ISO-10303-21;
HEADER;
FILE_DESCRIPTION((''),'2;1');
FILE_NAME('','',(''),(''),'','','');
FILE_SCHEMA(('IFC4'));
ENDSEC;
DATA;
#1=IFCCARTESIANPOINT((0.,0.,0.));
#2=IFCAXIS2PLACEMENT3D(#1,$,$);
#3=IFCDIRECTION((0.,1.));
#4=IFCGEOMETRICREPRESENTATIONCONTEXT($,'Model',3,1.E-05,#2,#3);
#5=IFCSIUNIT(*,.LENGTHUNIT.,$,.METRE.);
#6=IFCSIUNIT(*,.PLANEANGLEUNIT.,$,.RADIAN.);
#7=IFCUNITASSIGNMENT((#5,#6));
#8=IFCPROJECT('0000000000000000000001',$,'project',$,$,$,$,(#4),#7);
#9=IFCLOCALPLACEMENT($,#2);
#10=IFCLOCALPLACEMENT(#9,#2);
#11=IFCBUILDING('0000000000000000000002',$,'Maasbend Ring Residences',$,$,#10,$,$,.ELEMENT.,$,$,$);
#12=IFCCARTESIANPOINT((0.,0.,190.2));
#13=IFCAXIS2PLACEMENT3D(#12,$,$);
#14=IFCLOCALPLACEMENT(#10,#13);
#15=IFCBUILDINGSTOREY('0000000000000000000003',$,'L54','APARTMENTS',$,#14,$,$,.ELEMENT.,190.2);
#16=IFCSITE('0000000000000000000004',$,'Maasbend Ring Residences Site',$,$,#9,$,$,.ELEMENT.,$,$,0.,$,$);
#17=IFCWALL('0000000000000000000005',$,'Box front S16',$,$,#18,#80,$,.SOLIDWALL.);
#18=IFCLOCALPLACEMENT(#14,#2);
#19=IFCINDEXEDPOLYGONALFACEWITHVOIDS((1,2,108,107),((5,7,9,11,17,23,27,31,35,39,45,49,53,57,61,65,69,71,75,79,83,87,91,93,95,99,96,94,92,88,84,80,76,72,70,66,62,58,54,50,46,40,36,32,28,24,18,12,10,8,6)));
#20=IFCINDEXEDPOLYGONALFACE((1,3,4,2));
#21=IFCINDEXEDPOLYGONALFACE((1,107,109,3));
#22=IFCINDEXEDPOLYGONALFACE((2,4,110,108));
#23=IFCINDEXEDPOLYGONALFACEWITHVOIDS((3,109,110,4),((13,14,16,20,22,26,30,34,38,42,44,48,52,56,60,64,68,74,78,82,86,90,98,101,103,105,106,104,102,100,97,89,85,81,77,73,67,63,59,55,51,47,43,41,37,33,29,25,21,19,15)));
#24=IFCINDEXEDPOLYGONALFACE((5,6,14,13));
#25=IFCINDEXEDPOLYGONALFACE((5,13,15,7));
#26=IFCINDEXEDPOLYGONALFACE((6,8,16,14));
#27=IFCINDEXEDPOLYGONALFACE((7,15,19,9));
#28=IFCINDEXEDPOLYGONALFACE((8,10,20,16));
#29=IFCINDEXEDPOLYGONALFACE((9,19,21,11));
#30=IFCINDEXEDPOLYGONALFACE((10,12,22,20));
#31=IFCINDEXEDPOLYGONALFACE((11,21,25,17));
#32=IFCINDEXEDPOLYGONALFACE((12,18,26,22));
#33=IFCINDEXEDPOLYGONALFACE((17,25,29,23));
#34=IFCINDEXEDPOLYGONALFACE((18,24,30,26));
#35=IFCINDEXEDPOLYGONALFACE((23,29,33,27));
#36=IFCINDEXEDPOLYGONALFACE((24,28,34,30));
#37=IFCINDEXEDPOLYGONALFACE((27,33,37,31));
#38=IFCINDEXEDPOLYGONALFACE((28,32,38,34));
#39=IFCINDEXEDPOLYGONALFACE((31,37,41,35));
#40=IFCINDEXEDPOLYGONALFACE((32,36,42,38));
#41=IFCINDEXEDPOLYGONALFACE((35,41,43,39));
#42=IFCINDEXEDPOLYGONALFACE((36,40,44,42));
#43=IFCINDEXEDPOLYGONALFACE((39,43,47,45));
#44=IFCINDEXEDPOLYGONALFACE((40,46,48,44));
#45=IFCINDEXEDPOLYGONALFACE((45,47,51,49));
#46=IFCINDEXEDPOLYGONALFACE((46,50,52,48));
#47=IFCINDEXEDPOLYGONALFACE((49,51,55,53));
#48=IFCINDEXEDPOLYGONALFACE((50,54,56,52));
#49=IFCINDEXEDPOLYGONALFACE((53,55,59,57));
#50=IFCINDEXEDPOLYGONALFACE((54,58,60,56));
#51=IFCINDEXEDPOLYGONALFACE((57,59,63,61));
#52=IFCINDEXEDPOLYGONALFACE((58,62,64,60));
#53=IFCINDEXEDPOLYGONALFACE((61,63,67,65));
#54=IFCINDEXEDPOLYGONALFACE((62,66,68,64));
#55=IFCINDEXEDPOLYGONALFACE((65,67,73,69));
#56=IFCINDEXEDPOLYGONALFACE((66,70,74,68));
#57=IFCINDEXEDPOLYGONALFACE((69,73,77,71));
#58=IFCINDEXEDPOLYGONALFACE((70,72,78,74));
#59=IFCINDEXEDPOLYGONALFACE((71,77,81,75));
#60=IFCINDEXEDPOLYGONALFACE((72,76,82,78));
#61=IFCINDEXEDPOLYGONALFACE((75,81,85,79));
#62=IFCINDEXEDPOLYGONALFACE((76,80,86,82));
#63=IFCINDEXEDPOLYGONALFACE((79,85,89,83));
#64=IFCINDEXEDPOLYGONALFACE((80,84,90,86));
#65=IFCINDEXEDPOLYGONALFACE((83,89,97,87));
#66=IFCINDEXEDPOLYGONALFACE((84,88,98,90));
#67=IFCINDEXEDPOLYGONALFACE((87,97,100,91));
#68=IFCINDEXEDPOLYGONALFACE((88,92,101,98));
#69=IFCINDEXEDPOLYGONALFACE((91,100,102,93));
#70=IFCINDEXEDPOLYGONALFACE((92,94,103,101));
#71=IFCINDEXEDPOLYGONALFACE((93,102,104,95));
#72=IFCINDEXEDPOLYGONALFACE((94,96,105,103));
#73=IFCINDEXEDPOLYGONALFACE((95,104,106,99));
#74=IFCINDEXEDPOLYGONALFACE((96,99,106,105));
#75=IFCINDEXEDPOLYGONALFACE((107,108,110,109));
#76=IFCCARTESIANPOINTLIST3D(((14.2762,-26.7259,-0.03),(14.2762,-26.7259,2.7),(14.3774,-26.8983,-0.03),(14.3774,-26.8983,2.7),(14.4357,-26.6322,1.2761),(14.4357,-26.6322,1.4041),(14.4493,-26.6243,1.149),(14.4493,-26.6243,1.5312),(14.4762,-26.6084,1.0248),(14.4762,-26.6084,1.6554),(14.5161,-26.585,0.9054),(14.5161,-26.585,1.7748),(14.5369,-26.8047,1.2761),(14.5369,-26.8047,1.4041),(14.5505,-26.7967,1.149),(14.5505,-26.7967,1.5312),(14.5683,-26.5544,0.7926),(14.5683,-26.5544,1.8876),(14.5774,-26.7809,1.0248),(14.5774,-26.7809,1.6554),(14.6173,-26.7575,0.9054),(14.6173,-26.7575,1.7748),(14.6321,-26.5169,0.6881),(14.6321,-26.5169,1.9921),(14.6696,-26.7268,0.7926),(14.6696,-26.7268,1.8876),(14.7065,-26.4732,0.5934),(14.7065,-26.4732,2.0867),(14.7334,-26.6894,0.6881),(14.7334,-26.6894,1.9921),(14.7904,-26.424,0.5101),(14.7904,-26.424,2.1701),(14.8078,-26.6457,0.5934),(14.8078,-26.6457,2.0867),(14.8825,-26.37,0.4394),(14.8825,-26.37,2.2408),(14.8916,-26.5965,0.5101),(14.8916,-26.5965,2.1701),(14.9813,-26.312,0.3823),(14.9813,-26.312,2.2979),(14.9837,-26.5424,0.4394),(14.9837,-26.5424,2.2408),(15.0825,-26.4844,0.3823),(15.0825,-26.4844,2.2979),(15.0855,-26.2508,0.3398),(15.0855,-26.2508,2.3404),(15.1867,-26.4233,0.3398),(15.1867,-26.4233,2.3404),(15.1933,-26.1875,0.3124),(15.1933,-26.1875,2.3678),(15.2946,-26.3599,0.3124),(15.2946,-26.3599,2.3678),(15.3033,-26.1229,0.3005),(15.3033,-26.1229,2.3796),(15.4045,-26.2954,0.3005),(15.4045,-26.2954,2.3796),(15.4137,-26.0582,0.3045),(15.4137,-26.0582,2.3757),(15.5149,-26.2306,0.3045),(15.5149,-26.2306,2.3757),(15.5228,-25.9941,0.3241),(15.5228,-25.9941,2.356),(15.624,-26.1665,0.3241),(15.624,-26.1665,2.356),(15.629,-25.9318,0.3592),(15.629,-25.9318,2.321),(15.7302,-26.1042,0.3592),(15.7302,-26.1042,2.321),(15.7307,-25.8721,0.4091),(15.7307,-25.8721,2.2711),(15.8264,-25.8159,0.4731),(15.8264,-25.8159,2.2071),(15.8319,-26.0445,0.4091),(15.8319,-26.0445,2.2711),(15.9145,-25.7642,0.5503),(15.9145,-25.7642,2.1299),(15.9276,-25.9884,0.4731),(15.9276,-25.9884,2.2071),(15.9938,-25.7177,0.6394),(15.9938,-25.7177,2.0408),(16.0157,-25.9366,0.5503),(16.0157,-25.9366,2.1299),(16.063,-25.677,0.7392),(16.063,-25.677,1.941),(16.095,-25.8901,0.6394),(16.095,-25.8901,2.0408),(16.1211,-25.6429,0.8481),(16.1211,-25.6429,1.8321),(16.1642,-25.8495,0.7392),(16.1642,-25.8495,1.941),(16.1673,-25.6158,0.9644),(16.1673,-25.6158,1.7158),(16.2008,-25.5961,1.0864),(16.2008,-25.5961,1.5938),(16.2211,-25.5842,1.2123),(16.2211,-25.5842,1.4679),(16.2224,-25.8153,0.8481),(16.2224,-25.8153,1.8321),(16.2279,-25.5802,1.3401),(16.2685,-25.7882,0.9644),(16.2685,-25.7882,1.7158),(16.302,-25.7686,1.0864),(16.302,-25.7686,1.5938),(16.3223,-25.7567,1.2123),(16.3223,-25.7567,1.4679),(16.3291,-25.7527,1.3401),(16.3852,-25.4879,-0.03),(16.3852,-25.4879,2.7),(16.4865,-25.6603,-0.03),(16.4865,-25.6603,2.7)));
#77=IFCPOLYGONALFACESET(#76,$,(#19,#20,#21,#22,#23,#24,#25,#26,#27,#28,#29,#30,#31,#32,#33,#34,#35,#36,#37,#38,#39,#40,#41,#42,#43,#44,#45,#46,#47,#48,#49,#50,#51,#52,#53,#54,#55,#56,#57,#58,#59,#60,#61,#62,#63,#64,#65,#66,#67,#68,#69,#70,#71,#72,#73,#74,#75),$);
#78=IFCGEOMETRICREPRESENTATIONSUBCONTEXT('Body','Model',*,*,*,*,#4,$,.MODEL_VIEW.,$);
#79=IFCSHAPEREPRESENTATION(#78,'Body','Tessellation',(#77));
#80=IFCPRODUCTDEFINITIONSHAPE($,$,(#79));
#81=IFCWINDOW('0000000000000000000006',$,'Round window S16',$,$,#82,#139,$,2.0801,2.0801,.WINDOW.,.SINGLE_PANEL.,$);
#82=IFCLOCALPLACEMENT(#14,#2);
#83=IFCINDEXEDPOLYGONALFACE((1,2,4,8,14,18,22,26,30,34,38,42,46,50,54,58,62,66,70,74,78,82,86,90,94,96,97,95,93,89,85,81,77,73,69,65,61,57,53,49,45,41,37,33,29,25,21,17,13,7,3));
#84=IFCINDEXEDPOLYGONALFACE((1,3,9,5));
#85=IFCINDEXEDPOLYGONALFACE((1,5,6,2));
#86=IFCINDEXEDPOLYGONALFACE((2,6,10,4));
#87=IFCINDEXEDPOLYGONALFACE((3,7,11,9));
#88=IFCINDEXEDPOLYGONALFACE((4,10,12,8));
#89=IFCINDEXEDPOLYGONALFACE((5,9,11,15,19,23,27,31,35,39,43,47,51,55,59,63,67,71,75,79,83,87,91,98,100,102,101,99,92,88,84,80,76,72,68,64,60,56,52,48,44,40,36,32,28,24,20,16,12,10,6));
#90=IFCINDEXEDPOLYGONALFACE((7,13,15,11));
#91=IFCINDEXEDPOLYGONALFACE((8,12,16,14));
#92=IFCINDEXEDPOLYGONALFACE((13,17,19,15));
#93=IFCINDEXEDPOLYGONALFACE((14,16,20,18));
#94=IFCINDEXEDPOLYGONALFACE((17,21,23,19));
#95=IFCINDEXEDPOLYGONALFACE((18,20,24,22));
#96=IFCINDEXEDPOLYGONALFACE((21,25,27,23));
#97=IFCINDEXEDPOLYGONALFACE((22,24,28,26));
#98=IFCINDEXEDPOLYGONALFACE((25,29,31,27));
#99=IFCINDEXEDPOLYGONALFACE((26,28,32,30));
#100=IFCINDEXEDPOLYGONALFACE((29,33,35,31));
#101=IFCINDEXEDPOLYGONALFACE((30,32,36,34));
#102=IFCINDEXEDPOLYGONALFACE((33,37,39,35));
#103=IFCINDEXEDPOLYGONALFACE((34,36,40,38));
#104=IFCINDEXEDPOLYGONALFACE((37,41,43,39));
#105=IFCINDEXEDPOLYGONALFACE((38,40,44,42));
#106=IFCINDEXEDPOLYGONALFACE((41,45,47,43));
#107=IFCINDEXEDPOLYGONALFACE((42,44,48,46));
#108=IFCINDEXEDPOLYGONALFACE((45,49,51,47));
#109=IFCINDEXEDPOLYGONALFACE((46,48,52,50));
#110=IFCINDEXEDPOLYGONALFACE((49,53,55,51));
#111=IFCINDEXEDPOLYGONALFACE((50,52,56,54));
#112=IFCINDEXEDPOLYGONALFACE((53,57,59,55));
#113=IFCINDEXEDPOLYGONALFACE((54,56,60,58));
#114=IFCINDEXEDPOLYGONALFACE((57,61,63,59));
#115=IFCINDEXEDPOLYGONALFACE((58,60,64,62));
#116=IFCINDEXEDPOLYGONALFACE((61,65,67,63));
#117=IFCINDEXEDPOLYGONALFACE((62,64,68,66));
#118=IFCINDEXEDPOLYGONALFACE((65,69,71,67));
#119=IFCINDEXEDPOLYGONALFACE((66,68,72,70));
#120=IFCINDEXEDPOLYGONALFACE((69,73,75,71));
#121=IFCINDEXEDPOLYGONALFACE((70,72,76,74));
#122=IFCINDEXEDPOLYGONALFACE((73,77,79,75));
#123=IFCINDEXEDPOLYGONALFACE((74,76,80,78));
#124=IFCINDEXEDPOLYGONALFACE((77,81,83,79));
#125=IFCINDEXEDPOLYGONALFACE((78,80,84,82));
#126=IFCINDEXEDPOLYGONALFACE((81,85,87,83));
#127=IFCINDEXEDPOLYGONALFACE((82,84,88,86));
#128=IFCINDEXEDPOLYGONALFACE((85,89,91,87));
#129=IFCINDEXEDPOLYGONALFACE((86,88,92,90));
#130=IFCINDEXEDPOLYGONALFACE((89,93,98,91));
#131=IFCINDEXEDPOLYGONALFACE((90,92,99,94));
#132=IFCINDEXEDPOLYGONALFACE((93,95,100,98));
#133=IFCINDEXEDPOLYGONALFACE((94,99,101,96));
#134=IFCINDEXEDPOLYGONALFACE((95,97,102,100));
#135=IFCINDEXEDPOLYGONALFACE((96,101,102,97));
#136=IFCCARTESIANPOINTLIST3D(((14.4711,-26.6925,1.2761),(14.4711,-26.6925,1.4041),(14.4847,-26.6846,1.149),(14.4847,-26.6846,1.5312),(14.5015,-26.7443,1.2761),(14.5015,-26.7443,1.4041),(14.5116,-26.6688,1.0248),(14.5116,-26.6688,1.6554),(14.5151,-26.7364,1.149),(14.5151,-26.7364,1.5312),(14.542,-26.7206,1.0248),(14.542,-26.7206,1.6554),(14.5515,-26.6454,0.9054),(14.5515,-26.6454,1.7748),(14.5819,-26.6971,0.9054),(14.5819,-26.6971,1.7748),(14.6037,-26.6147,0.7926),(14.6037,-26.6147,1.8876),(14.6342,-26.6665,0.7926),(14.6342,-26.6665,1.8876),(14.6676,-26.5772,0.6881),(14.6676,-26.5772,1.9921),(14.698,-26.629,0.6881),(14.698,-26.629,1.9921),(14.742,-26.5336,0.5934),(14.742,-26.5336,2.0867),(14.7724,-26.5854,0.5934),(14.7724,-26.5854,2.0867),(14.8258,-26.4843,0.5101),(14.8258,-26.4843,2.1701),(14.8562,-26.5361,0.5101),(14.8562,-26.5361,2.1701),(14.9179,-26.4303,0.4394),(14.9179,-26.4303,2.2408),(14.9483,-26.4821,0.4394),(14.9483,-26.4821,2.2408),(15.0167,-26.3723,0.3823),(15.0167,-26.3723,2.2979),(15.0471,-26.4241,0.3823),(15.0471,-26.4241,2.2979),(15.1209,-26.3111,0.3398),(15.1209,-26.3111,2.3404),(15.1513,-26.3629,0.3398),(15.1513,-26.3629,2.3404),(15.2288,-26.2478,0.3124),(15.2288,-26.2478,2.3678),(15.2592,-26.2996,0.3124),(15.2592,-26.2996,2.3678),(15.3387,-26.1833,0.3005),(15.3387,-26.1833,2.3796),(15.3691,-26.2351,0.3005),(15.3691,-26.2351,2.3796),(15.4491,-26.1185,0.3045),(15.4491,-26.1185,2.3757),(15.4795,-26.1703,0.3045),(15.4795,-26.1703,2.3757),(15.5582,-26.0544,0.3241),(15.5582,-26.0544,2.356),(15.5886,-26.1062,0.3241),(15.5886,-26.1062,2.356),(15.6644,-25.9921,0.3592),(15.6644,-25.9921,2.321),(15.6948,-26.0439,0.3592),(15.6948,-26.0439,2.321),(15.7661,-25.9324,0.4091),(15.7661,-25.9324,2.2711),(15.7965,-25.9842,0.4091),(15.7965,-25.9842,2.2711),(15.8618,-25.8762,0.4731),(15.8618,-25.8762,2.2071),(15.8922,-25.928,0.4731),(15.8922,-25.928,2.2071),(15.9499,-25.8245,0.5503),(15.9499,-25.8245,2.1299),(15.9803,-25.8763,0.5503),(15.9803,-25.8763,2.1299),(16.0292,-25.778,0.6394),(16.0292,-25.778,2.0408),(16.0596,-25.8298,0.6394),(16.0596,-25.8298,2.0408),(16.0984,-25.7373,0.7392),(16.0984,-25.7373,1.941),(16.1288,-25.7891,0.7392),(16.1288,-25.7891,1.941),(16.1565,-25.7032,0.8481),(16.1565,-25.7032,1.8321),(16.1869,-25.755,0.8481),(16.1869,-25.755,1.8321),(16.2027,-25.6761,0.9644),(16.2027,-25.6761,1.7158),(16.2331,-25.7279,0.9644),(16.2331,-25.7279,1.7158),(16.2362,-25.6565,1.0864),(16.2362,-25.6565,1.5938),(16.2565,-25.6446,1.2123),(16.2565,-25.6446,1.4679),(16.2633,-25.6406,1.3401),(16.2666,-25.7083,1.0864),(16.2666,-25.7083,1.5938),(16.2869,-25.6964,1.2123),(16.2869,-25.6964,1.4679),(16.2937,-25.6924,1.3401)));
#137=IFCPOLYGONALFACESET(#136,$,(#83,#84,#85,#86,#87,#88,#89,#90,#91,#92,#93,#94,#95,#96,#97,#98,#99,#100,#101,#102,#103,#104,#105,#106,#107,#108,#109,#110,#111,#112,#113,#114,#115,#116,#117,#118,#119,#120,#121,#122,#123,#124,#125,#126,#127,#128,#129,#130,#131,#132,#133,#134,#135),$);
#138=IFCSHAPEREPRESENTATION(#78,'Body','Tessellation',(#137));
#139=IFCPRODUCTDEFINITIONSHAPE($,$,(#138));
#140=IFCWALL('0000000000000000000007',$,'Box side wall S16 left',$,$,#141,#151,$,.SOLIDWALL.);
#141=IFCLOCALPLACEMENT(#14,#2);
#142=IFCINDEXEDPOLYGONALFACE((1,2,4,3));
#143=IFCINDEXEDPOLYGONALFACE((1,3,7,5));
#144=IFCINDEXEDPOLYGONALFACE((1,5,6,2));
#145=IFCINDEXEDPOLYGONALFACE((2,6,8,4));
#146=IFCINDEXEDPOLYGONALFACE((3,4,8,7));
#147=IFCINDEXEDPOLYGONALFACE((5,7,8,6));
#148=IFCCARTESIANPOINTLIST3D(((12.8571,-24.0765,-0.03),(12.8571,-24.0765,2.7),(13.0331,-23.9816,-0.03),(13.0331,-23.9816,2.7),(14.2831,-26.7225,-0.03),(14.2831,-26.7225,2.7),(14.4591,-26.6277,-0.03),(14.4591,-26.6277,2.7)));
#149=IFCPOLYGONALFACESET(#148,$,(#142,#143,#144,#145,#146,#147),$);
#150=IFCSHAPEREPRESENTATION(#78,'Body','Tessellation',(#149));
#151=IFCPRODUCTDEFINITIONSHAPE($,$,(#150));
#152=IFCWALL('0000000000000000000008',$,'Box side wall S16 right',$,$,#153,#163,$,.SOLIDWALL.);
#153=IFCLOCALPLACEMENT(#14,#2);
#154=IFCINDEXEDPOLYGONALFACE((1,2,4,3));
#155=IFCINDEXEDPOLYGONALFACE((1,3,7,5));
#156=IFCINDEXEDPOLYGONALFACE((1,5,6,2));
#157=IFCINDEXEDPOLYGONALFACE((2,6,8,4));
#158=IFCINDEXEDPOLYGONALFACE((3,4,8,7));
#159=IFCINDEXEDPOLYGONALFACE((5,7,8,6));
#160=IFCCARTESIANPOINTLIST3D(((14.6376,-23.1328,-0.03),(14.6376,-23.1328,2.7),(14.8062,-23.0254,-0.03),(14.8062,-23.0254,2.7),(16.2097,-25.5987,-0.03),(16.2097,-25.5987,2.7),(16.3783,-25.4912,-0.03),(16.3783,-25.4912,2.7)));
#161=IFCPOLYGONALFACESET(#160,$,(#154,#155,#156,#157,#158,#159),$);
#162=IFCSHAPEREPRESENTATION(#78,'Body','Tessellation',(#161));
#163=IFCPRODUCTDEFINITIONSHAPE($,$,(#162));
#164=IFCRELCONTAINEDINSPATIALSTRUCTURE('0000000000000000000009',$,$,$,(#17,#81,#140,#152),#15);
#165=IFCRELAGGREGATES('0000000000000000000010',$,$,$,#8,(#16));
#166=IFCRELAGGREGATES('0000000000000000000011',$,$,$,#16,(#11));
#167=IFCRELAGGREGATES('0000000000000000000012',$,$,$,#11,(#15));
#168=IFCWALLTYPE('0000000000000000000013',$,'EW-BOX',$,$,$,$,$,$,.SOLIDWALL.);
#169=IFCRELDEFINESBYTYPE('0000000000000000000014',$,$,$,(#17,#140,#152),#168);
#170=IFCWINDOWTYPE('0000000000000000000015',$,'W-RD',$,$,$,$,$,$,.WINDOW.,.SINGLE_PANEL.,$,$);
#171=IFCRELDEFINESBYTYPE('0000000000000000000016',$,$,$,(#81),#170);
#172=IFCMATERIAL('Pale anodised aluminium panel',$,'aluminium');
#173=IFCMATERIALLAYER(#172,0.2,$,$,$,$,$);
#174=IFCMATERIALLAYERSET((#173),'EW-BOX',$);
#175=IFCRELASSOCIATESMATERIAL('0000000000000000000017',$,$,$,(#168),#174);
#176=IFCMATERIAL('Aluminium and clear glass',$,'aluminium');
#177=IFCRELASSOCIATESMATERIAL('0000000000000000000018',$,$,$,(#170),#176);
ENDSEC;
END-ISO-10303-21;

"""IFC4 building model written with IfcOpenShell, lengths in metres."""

from ifc_helpers import new_model, si_unit, direction, frame, frame_2d, origin, place, context, subcontext, project, spatial, rectangle, circle, extrude, material, layer, layer_set, type_object, element, fill, save


model = new_model("IFC4")

# Units and contexts
model_context = context("Model", 3, precision=1e-05, world=origin(), true_north=direction((0.0, 1.0)))
body_context = subcontext(model_context, "Body", "Model", "MODEL_VIEW")
ifc_project = project(units=[si_unit("LENGTHUNIT", "METRE"), si_unit("PLANEANGLEUNIT", "RADIAN")], contexts=[model_context])

# Site, building, storey
site_placement = place(None, origin())
site = spatial("IfcSite", under=ifc_project, at=site_placement, Name="Maasbend Ring Residences Site", CompositionType="ELEMENT", RefElevation=0.0)
building_placement = place(site_placement, origin())
building = spatial("IfcBuilding", under=site, at=building_placement, Name="Maasbend Ring Residences", CompositionType="ELEMENT")
storey_placement = place(building_placement, frame((0.0, 0.0, 190.2)))
storey = spatial("IfcBuildingStorey", under=building, at=storey_placement, Name="L54", Description="APARTMENTS", CompositionType="ELEMENT", Elevation=190.2)

# Wall, opening, window
ifc_material_1 = material(Name="Pale anodised aluminium panel", Category="aluminium")
ifc_layer_1 = layer(ifc_material_1, 0.2)
ifc_layer_set_1 = layer_set([ifc_layer_1], Name="EW-BOX")
wall_type_1 = type_object("IfcWallType", Name="EW-BOX", PredefinedType="SOLIDWALL", material=ifc_layer_set_1)
wall_1_placement = place(storey_placement, frame((14.3269, -26.812, -0.03), z_axis=(0.0, 0.0, 1.0), x_axis=(0.862403, 0.506222, 0.0)))
wall_1 = element("IfcWall", 1, at=wall_1_placement, inside=storey, type_object=wall_type_1, Name="Box front S16", PredefinedType="SOLIDWALL", context=body_context, shape_type="SweptSolid", body=[
    extrude(rectangle(XDim=2.4456, YDim=0.2, at=frame_2d((1.2227, 0.0))), origin(), (0.0, 0.0, 1.0), 2.73),
])
opening_1_placement = place(wall_1_placement, frame((0.1829, 0.0, 0.3301)))
opening_1 = element("IfcOpeningElement", 2, at=opening_1_placement, cuts=wall_1, PredefinedType="OPENING", context=body_context, shape_type="SweptSolid", body=[
    extrude(circle(Radius=1.04, at=frame_2d((1.04, 1.04))), frame((0.0, 0.1099, 0.0), z_axis=(0.0, -1.0, 0.0), x_axis=(1.0, 0.0, 0.0)), (0.0, 0.0, 1.0), 0.22),
])
ifc_material_2 = material(Name="Aluminium and clear glass", Category="aluminium")
window_type_1 = type_object("IfcWindowType", Name="W-RD", PartitioningType="SINGLE_PANEL", PredefinedType="WINDOW", material=ifc_material_2)
window_1_placement = place(opening_1_placement, origin())
window_1 = element("IfcWindow", 3, at=window_1_placement, inside=storey, type_object=window_type_1, Name="Round window S16", OverallHeight=2.0801, OverallWidth=2.0801, PartitioningType="SINGLE_PANEL", PredefinedType="WINDOW", context=body_context, shape_type="SweptSolid", body=[
    extrude(circle(Radius=1.04, at=frame_2d((1.04, 1.04))), frame((0.0, 0.03, 0.0), z_axis=(0.0, -1.0, 0.0), x_axis=(1.0, 0.0, 0.0)), (0.0, 0.0, 1.0), 0.0601),
])
fill(opening_1, window_1)

# Walls
wall_2_placement = place(storey_placement, frame((12.9451, -24.0291, -0.03), z_axis=(0.0, 0.0, 1.0), x_axis=(0.474424, -0.880296, 0.0)))
element("IfcWall", 4, at=wall_2_placement, inside=storey, type_object=wall_type_1, Name="Box side wall S16 left", PredefinedType="SOLIDWALL", context=body_context, shape_type="SweptSolid", body=[
    extrude(rectangle(XDim=3.0059, YDim=0.2, at=frame_2d((1.5029, 0.0))), origin(), (0.0, 0.0, 1.0), 2.73),
])
wall_3_placement = place(storey_placement, frame((14.7219, -23.0791, -0.03), z_axis=(0.0, 0.0, 1.0), x_axis=(0.537572, -0.843218, 0.0)))
element("IfcWall", 5, at=wall_3_placement, inside=storey, type_object=wall_type_1, Name="Box side wall S16 right", PredefinedType="SOLIDWALL", context=body_context, shape_type="SweptSolid", body=[
    extrude(rectangle(XDim=2.9243, YDim=0.2, at=frame_2d((1.4622, 0.0))), origin(), (0.0, 0.0, 1.0), 2.73),
])

save(model, "model.ifc")
